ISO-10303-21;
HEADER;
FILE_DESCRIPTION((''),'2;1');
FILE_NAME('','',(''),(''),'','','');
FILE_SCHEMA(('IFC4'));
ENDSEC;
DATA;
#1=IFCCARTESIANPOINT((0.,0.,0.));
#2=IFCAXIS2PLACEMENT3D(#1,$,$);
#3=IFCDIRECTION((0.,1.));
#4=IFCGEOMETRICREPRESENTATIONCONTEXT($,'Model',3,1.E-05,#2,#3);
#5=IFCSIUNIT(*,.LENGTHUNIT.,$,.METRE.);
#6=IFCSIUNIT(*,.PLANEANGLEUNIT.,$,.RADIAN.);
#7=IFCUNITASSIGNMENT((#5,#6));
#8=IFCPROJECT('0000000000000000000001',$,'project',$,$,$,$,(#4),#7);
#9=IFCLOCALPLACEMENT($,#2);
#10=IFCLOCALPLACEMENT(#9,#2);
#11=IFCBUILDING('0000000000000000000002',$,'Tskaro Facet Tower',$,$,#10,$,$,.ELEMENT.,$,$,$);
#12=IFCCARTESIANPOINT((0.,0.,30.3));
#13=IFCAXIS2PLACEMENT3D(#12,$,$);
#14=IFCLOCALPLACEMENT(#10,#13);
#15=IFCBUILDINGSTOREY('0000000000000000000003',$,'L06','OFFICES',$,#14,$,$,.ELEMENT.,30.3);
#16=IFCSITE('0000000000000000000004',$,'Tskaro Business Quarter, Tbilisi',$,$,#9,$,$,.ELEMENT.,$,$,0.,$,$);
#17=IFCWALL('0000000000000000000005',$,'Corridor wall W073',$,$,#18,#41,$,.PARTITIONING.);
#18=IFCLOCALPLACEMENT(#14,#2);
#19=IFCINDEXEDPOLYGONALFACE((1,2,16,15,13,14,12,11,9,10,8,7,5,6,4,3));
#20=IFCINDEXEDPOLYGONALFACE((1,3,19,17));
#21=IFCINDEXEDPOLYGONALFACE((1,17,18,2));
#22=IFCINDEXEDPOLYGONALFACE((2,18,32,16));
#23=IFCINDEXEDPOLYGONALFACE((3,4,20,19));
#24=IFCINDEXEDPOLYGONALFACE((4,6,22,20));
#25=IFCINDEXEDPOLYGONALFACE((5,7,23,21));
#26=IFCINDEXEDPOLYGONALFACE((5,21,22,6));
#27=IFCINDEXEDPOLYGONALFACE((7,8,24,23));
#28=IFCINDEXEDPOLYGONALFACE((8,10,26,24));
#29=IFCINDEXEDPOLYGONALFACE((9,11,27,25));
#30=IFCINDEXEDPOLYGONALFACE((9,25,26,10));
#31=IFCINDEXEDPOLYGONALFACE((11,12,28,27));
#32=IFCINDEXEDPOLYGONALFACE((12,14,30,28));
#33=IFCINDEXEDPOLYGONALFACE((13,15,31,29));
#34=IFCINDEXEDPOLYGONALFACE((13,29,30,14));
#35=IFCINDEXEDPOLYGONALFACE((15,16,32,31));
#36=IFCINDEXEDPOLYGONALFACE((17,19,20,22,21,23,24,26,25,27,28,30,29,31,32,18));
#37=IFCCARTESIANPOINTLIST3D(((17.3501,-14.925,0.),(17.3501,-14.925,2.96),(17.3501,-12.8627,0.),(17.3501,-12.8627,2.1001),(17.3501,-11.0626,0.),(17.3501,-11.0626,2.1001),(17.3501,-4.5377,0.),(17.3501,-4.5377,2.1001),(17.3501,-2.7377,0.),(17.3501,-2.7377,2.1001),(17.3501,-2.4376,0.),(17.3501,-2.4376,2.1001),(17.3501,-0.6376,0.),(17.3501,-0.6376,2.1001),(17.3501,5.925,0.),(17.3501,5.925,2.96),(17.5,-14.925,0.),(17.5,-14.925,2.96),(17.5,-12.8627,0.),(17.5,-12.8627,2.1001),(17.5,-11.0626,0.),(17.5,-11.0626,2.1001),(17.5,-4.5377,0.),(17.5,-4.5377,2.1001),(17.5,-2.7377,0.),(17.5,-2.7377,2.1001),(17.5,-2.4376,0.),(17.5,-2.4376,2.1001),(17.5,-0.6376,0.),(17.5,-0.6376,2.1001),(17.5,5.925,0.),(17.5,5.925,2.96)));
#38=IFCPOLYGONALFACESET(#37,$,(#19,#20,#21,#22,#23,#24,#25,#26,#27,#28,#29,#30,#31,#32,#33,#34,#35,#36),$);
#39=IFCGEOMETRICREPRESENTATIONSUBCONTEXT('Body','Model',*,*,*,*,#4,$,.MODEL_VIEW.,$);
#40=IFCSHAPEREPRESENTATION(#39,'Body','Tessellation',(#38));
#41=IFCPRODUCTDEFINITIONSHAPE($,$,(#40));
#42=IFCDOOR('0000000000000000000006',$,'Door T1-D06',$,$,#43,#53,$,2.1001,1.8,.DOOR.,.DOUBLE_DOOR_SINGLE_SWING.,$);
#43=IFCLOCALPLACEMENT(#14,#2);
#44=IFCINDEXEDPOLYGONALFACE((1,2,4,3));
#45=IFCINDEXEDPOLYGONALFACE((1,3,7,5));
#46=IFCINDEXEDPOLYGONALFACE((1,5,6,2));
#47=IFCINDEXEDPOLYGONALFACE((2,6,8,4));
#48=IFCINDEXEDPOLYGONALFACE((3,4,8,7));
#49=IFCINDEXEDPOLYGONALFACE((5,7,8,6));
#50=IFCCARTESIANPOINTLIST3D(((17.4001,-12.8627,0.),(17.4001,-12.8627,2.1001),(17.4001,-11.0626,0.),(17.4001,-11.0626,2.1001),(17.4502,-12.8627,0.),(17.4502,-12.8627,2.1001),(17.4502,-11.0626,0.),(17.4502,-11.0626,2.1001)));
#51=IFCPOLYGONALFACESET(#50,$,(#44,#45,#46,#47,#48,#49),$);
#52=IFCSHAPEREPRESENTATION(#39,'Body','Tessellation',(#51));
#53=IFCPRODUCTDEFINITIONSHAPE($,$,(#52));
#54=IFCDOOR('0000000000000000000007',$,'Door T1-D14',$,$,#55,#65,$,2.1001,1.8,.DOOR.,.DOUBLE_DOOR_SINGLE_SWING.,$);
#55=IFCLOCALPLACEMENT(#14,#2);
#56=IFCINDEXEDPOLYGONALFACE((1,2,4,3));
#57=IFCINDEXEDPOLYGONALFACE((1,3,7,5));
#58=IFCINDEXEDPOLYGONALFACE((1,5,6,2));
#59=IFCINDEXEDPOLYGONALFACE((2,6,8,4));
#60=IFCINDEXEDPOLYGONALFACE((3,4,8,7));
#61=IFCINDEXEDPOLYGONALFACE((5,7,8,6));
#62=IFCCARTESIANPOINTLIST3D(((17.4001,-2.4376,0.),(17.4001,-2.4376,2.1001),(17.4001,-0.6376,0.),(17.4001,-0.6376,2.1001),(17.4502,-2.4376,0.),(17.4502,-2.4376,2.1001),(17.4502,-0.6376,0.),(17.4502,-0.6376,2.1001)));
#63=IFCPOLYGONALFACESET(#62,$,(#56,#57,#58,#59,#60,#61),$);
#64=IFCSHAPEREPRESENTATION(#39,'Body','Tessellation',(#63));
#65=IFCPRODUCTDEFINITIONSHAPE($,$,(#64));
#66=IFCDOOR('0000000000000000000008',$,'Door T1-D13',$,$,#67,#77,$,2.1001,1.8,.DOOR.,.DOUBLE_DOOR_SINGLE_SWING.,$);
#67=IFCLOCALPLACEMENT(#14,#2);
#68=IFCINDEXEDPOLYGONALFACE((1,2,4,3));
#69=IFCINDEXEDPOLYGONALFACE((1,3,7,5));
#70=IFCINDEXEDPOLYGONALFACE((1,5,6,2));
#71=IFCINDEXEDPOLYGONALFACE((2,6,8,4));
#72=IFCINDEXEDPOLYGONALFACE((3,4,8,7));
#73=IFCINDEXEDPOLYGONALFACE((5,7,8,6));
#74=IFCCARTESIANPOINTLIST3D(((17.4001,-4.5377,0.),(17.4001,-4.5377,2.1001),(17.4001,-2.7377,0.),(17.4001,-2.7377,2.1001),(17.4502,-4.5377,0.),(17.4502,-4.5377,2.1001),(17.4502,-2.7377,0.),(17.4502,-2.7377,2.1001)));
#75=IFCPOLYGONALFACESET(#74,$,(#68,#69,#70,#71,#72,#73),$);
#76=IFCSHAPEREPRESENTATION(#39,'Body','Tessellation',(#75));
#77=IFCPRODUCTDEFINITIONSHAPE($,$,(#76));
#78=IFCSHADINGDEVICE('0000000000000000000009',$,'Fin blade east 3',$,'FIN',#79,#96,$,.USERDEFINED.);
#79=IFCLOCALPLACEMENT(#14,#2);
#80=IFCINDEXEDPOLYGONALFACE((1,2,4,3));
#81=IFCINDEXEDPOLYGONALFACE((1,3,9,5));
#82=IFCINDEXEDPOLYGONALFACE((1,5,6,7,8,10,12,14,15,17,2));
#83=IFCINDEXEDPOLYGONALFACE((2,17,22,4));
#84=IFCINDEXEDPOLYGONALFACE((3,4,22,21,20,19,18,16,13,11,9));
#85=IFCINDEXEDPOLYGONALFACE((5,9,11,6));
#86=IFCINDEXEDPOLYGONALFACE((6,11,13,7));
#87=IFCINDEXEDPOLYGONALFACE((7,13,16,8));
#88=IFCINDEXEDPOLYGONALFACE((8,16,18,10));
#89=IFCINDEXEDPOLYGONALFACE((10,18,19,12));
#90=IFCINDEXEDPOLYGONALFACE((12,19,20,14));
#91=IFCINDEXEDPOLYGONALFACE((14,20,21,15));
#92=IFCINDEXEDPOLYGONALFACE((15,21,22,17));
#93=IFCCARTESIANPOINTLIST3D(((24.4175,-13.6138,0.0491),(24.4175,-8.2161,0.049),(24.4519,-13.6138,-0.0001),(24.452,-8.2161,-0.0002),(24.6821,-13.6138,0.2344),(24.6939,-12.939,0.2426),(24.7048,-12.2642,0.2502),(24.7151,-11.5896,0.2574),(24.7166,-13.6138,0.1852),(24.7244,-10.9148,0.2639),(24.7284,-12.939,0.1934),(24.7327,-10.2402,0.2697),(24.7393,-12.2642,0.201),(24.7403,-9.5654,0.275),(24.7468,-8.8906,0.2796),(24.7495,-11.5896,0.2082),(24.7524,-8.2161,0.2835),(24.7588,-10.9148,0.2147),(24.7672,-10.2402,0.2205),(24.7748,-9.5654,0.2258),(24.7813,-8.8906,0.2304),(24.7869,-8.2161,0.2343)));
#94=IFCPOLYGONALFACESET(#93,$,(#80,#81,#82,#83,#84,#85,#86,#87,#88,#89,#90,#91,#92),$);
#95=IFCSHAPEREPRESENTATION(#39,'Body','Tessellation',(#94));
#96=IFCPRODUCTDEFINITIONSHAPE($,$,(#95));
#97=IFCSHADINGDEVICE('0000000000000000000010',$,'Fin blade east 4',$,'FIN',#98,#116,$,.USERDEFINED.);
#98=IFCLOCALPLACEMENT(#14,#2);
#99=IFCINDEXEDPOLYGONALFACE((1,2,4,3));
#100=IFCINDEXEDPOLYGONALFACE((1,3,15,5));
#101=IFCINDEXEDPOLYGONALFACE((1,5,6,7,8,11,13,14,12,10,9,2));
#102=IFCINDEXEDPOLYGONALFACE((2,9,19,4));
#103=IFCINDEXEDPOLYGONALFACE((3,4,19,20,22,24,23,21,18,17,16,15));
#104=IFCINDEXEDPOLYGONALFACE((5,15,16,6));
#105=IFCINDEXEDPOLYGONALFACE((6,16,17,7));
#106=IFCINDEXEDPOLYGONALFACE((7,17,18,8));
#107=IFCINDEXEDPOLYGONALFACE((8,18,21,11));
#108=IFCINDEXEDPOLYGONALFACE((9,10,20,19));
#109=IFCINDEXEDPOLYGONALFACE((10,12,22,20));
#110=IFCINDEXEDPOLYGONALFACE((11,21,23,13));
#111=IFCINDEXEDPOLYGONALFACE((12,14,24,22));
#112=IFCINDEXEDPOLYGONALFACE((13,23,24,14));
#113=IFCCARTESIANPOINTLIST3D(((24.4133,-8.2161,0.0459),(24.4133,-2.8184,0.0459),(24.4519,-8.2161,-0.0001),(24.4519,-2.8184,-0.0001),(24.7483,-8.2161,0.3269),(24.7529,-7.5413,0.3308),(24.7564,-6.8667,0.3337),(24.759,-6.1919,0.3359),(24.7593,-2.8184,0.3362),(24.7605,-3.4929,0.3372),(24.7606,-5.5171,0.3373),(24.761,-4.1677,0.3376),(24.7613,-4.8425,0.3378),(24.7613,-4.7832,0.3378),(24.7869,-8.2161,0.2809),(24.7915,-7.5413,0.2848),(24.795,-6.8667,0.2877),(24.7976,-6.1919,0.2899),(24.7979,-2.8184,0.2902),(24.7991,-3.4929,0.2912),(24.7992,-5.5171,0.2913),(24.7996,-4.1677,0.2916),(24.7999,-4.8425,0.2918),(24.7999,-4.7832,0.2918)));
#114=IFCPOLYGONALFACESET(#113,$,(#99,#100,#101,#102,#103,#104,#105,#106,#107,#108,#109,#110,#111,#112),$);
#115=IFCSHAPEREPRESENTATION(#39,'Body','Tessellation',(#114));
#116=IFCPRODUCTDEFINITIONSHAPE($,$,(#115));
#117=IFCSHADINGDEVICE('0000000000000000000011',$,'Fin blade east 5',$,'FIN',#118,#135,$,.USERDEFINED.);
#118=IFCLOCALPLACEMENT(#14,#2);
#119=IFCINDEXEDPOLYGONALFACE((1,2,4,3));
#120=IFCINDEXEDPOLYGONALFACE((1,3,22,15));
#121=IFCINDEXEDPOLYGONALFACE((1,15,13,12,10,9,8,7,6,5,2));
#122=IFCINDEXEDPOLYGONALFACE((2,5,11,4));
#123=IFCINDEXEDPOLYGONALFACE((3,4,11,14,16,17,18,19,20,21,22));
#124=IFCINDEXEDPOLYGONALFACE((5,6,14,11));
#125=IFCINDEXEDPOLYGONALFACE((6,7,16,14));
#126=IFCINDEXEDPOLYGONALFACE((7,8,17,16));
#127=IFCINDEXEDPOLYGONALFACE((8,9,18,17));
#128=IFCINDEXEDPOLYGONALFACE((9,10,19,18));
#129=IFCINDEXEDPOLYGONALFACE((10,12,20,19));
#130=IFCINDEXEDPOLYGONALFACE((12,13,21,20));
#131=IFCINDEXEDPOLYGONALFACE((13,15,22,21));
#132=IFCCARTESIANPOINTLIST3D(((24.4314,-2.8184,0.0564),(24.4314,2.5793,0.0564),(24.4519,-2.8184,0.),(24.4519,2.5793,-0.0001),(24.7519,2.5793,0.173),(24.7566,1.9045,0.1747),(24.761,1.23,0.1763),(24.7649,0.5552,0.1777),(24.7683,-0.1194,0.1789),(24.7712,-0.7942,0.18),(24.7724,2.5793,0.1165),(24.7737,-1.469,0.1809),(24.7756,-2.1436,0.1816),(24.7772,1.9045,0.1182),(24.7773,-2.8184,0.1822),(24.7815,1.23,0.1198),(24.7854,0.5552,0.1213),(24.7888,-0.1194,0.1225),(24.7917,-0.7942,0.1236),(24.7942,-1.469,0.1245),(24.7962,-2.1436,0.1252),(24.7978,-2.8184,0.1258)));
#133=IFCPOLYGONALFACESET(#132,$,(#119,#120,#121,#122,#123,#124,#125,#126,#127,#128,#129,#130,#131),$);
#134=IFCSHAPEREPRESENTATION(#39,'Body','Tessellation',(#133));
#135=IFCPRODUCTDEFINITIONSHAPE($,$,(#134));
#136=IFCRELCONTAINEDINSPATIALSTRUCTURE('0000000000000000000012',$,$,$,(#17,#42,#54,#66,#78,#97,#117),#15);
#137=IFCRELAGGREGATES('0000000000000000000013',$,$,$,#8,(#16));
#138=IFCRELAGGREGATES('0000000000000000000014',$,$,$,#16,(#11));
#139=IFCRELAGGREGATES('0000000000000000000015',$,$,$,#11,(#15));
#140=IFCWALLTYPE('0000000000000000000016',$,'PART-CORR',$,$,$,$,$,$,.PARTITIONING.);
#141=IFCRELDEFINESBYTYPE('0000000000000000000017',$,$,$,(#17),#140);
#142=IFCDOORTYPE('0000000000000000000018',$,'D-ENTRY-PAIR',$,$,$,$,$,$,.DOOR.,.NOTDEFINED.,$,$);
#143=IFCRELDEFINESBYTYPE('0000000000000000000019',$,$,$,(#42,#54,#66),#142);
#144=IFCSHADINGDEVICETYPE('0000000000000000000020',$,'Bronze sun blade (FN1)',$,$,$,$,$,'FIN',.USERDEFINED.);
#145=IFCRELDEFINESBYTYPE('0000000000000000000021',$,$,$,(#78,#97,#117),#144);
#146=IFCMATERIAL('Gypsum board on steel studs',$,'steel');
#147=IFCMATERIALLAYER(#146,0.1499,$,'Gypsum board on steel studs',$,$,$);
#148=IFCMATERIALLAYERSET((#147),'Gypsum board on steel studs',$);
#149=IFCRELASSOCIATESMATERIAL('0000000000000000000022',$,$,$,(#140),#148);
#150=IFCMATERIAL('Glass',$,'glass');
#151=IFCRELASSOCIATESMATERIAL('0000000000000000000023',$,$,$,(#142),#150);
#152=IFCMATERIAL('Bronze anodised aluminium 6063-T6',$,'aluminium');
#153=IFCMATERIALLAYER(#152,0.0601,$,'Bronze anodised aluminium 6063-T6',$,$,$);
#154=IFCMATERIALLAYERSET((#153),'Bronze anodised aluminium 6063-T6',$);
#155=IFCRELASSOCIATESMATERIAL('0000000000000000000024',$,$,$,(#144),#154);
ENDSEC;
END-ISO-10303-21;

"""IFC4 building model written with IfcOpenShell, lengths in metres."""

from ifc_helpers import new_model, si_unit, direction, frame, frame_2d, origin, place, context, subcontext, project, spatial, polyline, rectangle, outline, extrude, material, layer, layer_set, type_object, element, fill, save


model = new_model("IFC4")

# Units and contexts
model_context = context("Model", 3, precision=1e-05, world=origin(), true_north=direction((0.0, 1.0)))
body_context = subcontext(model_context, "Body", "Model", "MODEL_VIEW")
ifc_project = project(units=[si_unit("LENGTHUNIT", "METRE"), si_unit("PLANEANGLEUNIT", "RADIAN")], contexts=[model_context])

# Site, building, storey
site_placement = place(None, origin())
site = spatial("IfcSite", under=ifc_project, at=site_placement, Name="Tskaro Business Quarter, Tbilisi", CompositionType="ELEMENT", RefElevation=0.0)
building_placement = place(site_placement, origin())
building = spatial("IfcBuilding", under=site, at=building_placement, Name="Tskaro Facet Tower", CompositionType="ELEMENT")
storey_placement = place(building_placement, frame((0.0, 0.0, 30.3)))
storey = spatial("IfcBuildingStorey", under=building, at=storey_placement, Name="L06", Description="OFFICES", CompositionType="ELEMENT", Elevation=30.3)

# Shared definitions
ifc_material_1 = material(Name="Bronze anodised aluminium 6063-T6", Category="aluminium")

# Shared definitions
ifc_material_2 = material(Name="Gypsum board on steel studs", Category="steel")

# Wall, openings, doors
ifc_layer_1 = layer(ifc_material_2, 0.1499, Name="Gypsum board on steel studs")
ifc_layer_set_1 = layer_set([ifc_layer_1], Name="Gypsum board on steel studs")
wall_type_1 = type_object("IfcWallType", Name="PART-CORR", PredefinedType="PARTITIONING", material=ifc_layer_set_1)
wall_1_placement = place(storey_placement, frame((17.425, -14.925, 0.0), z_axis=(0.0, 0.0, 1.0), x_axis=(0.0, 1.0, 0.0)))
wall_1 = element("IfcWall", 1, at=wall_1_placement, inside=storey, type_object=wall_type_1, Name="Corridor wall W073", PredefinedType="PARTITIONING", context=body_context, shape_type="SweptSolid", body=[
    extrude(rectangle(XDim=20.8501, YDim=0.1499, at=frame_2d((10.425, 0.0))), origin(), (0.0, 0.0, 1.0), 2.96),
])
opening_1_placement = place(wall_1_placement, frame((2.0625, 0.0, 0.0)))
opening_1 = element("IfcOpeningElement", 2, at=opening_1_placement, cuts=wall_1, PredefinedType="OPENING", context=body_context, shape_type="SweptSolid", body=[
    extrude(rectangle(XDim=1.8, YDim=2.1001, at=frame_2d((0.8999, 1.05))), frame((0.0, 0.085, 0.0), z_axis=(0.0, -1.0, 0.0), x_axis=(1.0, 0.0, 0.0)), (0.0, 0.0, 1.0), 0.1699),
])
opening_2_placement = place(wall_1_placement, frame((12.4875, 0.0, 0.0)))
opening_2 = element("IfcOpeningElement", 3, at=opening_2_placement, cuts=wall_1, PredefinedType="OPENING", context=body_context, shape_type="SweptSolid", body=[
    extrude(rectangle(XDim=1.8, YDim=2.1001, at=frame_2d((0.8999, 1.05))), frame((0.0, 0.085, 0.0), z_axis=(0.0, -1.0, 0.0), x_axis=(1.0, 0.0, 0.0)), (0.0, 0.0, 1.0), 0.1699),
])
opening_3_placement = place(wall_1_placement, frame((10.3875, 0.0, 0.0)))
opening_3 = element("IfcOpeningElement", 4, at=opening_3_placement, cuts=wall_1, PredefinedType="OPENING", context=body_context, shape_type="SweptSolid", body=[
    extrude(rectangle(XDim=1.8, YDim=2.1001, at=frame_2d((0.8999, 1.05))), frame((0.0, 0.085, 0.0), z_axis=(0.0, -1.0, 0.0), x_axis=(1.0, 0.0, 0.0)), (0.0, 0.0, 1.0), 0.1699),
])
ifc_material_3 = material(Name="Glass", Category="glass")
door_type_1 = type_object("IfcDoorType", Name="D-ENTRY-PAIR", OperationType="NOTDEFINED", PredefinedType="DOOR", material=ifc_material_3)
door_1_placement = place(opening_1_placement, origin())
door_1 = element("IfcDoor", 5, at=door_1_placement, inside=storey, type_object=door_type_1, Name="Door T1-D06", OperationType="DOUBLE_DOOR_SINGLE_SWING", OverallHeight=2.1001, OverallWidth=1.8, PredefinedType="DOOR", context=body_context, shape_type="SweptSolid", body=[
    extrude(rectangle(XDim=1.8, YDim=2.1001, at=frame_2d((0.8999, 1.05))), frame((0.0, 0.0249, 0.0), z_axis=(0.0, -1.0, 0.0), x_axis=(1.0, 0.0, 0.0)), (0.0, 0.0, 1.0), 0.05),
])
fill(opening_1, door_1)
door_2_placement = place(opening_2_placement, origin())
door_2 = element("IfcDoor", 6, at=door_2_placement, inside=storey, type_object=door_type_1, Name="Door T1-D14", OperationType="DOUBLE_DOOR_SINGLE_SWING", OverallHeight=2.1001, OverallWidth=1.8, PredefinedType="DOOR", context=body_context, shape_type="SweptSolid", body=[
    extrude(rectangle(XDim=1.8, YDim=2.1001, at=frame_2d((0.8999, 1.05))), frame((0.0, 0.0249, 0.0), z_axis=(0.0, -1.0, 0.0), x_axis=(1.0, 0.0, 0.0)), (0.0, 0.0, 1.0), 0.05),
])
fill(opening_2, door_2)
door_3_placement = place(opening_3_placement, origin())
door_3 = element("IfcDoor", 7, at=door_3_placement, inside=storey, type_object=door_type_1, Name="Door T1-D13", OperationType="DOUBLE_DOOR_SINGLE_SWING", OverallHeight=2.1001, OverallWidth=1.8, PredefinedType="DOOR", context=body_context, shape_type="SweptSolid", body=[
    extrude(rectangle(XDim=1.8, YDim=2.1001, at=frame_2d((0.8999, 1.05))), frame((0.0, 0.0249, 0.0), z_axis=(0.0, -1.0, 0.0), x_axis=(1.0, 0.0, 0.0)), (0.0, 0.0, 1.0), 0.05),
])
fill(opening_3, door_3)

# Shading devices
ifc_layer_2 = layer(ifc_material_1, 0.0601, Name="Bronze anodised aluminium 6063-T6")
ifc_layer_set_2 = layer_set([ifc_layer_2], Name="Bronze anodised aluminium 6063-T6")
shading_device_type = type_object("IfcShadingDeviceType", Name="Bronze sun blade (FN1)", ElementType="FIN", PredefinedType="USERDEFINED", material=ifc_layer_set_2)
shading_device_1_placement = place(storey_placement, frame((24.4175, -13.6138, 0.0491), z_axis=(-0.573517, 0.000013, 0.819193), x_axis=(0.000007, 1.0, -0.00001)))
element("IfcShadingDevice", 8, at=shading_device_1_placement, inside=storey, type_object=shading_device_type, Name="Fin blade east 3", ObjectType="FIN", PredefinedType="USERDEFINED", context=body_context, shape_type="SweptSolid", body=[
    extrude(outline(polyline([(0.0, 0.0), (5.3977, 0.0), (5.3977, -0.4088), (4.7231, -0.402), (4.0483, -0.3941), (3.3735, -0.3848), (2.699, -0.3746), (2.0242, -0.3632), (1.3496, -0.3508), (0.6748, -0.3374), (0.0, -0.3231), (0.0, 0.0)])), origin(), (0.0, 0.0, -1.0), 0.0601),
])
shading_device_2_placement = place(storey_placement, frame((24.4133, -8.2161, 0.0459), z_axis=(-0.642738, -0.000004, 0.766086), x_axis=(-0.000003, 1.0, 0.000003)))
element("IfcShadingDevice", 9, at=shading_device_2_placement, inside=storey, type_object=shading_device_type, Name="Fin blade east 4", ObjectType="FIN", PredefinedType="USERDEFINED", context=body_context, shape_type="SweptSolid", body=[
    extrude(outline(polyline([(0.0, 0.0), (5.3977, 0.0), (5.3977, -0.4516), (4.7231, -0.4532), (4.0483, -0.4539), (3.4329, -0.4542), (3.3735, -0.4542), (2.699, -0.4534), (2.0242, -0.4513), (1.3494, -0.4478), (0.6748, -0.4433), (0.0, -0.4372), (0.0, 0.0)])), origin(), (0.0, 0.0, -1.0), 0.0601),
])
shading_device_3_placement = place(storey_placement, frame((24.4314, -2.8184, 0.0564), z_axis=(-0.341825, 0.000003, 0.939763), x_axis=(0.000001, 1.0, -0.000003)))
element("IfcShadingDevice", 10, at=shading_device_3_placement, inside=storey, type_object=shading_device_type, Name="Fin blade east 5", ObjectType="FIN", PredefinedType="USERDEFINED", context=body_context, shape_type="SweptSolid", body=[
    extrude(outline(polyline([(0.0, 0.0), (5.3977, 0.0), (5.3977, -0.3411), (4.7229, -0.3461), (4.0483, -0.3507), (3.3735, -0.3549), (2.699, -0.3585), (2.0242, -0.3616), (1.3494, -0.3642), (0.6748, -0.3663), (0.0, -0.3681), (0.0, 0.0)])), origin(), (0.0, 0.0, -1.0), 0.0601),
])

save(model, "model.ifc")
